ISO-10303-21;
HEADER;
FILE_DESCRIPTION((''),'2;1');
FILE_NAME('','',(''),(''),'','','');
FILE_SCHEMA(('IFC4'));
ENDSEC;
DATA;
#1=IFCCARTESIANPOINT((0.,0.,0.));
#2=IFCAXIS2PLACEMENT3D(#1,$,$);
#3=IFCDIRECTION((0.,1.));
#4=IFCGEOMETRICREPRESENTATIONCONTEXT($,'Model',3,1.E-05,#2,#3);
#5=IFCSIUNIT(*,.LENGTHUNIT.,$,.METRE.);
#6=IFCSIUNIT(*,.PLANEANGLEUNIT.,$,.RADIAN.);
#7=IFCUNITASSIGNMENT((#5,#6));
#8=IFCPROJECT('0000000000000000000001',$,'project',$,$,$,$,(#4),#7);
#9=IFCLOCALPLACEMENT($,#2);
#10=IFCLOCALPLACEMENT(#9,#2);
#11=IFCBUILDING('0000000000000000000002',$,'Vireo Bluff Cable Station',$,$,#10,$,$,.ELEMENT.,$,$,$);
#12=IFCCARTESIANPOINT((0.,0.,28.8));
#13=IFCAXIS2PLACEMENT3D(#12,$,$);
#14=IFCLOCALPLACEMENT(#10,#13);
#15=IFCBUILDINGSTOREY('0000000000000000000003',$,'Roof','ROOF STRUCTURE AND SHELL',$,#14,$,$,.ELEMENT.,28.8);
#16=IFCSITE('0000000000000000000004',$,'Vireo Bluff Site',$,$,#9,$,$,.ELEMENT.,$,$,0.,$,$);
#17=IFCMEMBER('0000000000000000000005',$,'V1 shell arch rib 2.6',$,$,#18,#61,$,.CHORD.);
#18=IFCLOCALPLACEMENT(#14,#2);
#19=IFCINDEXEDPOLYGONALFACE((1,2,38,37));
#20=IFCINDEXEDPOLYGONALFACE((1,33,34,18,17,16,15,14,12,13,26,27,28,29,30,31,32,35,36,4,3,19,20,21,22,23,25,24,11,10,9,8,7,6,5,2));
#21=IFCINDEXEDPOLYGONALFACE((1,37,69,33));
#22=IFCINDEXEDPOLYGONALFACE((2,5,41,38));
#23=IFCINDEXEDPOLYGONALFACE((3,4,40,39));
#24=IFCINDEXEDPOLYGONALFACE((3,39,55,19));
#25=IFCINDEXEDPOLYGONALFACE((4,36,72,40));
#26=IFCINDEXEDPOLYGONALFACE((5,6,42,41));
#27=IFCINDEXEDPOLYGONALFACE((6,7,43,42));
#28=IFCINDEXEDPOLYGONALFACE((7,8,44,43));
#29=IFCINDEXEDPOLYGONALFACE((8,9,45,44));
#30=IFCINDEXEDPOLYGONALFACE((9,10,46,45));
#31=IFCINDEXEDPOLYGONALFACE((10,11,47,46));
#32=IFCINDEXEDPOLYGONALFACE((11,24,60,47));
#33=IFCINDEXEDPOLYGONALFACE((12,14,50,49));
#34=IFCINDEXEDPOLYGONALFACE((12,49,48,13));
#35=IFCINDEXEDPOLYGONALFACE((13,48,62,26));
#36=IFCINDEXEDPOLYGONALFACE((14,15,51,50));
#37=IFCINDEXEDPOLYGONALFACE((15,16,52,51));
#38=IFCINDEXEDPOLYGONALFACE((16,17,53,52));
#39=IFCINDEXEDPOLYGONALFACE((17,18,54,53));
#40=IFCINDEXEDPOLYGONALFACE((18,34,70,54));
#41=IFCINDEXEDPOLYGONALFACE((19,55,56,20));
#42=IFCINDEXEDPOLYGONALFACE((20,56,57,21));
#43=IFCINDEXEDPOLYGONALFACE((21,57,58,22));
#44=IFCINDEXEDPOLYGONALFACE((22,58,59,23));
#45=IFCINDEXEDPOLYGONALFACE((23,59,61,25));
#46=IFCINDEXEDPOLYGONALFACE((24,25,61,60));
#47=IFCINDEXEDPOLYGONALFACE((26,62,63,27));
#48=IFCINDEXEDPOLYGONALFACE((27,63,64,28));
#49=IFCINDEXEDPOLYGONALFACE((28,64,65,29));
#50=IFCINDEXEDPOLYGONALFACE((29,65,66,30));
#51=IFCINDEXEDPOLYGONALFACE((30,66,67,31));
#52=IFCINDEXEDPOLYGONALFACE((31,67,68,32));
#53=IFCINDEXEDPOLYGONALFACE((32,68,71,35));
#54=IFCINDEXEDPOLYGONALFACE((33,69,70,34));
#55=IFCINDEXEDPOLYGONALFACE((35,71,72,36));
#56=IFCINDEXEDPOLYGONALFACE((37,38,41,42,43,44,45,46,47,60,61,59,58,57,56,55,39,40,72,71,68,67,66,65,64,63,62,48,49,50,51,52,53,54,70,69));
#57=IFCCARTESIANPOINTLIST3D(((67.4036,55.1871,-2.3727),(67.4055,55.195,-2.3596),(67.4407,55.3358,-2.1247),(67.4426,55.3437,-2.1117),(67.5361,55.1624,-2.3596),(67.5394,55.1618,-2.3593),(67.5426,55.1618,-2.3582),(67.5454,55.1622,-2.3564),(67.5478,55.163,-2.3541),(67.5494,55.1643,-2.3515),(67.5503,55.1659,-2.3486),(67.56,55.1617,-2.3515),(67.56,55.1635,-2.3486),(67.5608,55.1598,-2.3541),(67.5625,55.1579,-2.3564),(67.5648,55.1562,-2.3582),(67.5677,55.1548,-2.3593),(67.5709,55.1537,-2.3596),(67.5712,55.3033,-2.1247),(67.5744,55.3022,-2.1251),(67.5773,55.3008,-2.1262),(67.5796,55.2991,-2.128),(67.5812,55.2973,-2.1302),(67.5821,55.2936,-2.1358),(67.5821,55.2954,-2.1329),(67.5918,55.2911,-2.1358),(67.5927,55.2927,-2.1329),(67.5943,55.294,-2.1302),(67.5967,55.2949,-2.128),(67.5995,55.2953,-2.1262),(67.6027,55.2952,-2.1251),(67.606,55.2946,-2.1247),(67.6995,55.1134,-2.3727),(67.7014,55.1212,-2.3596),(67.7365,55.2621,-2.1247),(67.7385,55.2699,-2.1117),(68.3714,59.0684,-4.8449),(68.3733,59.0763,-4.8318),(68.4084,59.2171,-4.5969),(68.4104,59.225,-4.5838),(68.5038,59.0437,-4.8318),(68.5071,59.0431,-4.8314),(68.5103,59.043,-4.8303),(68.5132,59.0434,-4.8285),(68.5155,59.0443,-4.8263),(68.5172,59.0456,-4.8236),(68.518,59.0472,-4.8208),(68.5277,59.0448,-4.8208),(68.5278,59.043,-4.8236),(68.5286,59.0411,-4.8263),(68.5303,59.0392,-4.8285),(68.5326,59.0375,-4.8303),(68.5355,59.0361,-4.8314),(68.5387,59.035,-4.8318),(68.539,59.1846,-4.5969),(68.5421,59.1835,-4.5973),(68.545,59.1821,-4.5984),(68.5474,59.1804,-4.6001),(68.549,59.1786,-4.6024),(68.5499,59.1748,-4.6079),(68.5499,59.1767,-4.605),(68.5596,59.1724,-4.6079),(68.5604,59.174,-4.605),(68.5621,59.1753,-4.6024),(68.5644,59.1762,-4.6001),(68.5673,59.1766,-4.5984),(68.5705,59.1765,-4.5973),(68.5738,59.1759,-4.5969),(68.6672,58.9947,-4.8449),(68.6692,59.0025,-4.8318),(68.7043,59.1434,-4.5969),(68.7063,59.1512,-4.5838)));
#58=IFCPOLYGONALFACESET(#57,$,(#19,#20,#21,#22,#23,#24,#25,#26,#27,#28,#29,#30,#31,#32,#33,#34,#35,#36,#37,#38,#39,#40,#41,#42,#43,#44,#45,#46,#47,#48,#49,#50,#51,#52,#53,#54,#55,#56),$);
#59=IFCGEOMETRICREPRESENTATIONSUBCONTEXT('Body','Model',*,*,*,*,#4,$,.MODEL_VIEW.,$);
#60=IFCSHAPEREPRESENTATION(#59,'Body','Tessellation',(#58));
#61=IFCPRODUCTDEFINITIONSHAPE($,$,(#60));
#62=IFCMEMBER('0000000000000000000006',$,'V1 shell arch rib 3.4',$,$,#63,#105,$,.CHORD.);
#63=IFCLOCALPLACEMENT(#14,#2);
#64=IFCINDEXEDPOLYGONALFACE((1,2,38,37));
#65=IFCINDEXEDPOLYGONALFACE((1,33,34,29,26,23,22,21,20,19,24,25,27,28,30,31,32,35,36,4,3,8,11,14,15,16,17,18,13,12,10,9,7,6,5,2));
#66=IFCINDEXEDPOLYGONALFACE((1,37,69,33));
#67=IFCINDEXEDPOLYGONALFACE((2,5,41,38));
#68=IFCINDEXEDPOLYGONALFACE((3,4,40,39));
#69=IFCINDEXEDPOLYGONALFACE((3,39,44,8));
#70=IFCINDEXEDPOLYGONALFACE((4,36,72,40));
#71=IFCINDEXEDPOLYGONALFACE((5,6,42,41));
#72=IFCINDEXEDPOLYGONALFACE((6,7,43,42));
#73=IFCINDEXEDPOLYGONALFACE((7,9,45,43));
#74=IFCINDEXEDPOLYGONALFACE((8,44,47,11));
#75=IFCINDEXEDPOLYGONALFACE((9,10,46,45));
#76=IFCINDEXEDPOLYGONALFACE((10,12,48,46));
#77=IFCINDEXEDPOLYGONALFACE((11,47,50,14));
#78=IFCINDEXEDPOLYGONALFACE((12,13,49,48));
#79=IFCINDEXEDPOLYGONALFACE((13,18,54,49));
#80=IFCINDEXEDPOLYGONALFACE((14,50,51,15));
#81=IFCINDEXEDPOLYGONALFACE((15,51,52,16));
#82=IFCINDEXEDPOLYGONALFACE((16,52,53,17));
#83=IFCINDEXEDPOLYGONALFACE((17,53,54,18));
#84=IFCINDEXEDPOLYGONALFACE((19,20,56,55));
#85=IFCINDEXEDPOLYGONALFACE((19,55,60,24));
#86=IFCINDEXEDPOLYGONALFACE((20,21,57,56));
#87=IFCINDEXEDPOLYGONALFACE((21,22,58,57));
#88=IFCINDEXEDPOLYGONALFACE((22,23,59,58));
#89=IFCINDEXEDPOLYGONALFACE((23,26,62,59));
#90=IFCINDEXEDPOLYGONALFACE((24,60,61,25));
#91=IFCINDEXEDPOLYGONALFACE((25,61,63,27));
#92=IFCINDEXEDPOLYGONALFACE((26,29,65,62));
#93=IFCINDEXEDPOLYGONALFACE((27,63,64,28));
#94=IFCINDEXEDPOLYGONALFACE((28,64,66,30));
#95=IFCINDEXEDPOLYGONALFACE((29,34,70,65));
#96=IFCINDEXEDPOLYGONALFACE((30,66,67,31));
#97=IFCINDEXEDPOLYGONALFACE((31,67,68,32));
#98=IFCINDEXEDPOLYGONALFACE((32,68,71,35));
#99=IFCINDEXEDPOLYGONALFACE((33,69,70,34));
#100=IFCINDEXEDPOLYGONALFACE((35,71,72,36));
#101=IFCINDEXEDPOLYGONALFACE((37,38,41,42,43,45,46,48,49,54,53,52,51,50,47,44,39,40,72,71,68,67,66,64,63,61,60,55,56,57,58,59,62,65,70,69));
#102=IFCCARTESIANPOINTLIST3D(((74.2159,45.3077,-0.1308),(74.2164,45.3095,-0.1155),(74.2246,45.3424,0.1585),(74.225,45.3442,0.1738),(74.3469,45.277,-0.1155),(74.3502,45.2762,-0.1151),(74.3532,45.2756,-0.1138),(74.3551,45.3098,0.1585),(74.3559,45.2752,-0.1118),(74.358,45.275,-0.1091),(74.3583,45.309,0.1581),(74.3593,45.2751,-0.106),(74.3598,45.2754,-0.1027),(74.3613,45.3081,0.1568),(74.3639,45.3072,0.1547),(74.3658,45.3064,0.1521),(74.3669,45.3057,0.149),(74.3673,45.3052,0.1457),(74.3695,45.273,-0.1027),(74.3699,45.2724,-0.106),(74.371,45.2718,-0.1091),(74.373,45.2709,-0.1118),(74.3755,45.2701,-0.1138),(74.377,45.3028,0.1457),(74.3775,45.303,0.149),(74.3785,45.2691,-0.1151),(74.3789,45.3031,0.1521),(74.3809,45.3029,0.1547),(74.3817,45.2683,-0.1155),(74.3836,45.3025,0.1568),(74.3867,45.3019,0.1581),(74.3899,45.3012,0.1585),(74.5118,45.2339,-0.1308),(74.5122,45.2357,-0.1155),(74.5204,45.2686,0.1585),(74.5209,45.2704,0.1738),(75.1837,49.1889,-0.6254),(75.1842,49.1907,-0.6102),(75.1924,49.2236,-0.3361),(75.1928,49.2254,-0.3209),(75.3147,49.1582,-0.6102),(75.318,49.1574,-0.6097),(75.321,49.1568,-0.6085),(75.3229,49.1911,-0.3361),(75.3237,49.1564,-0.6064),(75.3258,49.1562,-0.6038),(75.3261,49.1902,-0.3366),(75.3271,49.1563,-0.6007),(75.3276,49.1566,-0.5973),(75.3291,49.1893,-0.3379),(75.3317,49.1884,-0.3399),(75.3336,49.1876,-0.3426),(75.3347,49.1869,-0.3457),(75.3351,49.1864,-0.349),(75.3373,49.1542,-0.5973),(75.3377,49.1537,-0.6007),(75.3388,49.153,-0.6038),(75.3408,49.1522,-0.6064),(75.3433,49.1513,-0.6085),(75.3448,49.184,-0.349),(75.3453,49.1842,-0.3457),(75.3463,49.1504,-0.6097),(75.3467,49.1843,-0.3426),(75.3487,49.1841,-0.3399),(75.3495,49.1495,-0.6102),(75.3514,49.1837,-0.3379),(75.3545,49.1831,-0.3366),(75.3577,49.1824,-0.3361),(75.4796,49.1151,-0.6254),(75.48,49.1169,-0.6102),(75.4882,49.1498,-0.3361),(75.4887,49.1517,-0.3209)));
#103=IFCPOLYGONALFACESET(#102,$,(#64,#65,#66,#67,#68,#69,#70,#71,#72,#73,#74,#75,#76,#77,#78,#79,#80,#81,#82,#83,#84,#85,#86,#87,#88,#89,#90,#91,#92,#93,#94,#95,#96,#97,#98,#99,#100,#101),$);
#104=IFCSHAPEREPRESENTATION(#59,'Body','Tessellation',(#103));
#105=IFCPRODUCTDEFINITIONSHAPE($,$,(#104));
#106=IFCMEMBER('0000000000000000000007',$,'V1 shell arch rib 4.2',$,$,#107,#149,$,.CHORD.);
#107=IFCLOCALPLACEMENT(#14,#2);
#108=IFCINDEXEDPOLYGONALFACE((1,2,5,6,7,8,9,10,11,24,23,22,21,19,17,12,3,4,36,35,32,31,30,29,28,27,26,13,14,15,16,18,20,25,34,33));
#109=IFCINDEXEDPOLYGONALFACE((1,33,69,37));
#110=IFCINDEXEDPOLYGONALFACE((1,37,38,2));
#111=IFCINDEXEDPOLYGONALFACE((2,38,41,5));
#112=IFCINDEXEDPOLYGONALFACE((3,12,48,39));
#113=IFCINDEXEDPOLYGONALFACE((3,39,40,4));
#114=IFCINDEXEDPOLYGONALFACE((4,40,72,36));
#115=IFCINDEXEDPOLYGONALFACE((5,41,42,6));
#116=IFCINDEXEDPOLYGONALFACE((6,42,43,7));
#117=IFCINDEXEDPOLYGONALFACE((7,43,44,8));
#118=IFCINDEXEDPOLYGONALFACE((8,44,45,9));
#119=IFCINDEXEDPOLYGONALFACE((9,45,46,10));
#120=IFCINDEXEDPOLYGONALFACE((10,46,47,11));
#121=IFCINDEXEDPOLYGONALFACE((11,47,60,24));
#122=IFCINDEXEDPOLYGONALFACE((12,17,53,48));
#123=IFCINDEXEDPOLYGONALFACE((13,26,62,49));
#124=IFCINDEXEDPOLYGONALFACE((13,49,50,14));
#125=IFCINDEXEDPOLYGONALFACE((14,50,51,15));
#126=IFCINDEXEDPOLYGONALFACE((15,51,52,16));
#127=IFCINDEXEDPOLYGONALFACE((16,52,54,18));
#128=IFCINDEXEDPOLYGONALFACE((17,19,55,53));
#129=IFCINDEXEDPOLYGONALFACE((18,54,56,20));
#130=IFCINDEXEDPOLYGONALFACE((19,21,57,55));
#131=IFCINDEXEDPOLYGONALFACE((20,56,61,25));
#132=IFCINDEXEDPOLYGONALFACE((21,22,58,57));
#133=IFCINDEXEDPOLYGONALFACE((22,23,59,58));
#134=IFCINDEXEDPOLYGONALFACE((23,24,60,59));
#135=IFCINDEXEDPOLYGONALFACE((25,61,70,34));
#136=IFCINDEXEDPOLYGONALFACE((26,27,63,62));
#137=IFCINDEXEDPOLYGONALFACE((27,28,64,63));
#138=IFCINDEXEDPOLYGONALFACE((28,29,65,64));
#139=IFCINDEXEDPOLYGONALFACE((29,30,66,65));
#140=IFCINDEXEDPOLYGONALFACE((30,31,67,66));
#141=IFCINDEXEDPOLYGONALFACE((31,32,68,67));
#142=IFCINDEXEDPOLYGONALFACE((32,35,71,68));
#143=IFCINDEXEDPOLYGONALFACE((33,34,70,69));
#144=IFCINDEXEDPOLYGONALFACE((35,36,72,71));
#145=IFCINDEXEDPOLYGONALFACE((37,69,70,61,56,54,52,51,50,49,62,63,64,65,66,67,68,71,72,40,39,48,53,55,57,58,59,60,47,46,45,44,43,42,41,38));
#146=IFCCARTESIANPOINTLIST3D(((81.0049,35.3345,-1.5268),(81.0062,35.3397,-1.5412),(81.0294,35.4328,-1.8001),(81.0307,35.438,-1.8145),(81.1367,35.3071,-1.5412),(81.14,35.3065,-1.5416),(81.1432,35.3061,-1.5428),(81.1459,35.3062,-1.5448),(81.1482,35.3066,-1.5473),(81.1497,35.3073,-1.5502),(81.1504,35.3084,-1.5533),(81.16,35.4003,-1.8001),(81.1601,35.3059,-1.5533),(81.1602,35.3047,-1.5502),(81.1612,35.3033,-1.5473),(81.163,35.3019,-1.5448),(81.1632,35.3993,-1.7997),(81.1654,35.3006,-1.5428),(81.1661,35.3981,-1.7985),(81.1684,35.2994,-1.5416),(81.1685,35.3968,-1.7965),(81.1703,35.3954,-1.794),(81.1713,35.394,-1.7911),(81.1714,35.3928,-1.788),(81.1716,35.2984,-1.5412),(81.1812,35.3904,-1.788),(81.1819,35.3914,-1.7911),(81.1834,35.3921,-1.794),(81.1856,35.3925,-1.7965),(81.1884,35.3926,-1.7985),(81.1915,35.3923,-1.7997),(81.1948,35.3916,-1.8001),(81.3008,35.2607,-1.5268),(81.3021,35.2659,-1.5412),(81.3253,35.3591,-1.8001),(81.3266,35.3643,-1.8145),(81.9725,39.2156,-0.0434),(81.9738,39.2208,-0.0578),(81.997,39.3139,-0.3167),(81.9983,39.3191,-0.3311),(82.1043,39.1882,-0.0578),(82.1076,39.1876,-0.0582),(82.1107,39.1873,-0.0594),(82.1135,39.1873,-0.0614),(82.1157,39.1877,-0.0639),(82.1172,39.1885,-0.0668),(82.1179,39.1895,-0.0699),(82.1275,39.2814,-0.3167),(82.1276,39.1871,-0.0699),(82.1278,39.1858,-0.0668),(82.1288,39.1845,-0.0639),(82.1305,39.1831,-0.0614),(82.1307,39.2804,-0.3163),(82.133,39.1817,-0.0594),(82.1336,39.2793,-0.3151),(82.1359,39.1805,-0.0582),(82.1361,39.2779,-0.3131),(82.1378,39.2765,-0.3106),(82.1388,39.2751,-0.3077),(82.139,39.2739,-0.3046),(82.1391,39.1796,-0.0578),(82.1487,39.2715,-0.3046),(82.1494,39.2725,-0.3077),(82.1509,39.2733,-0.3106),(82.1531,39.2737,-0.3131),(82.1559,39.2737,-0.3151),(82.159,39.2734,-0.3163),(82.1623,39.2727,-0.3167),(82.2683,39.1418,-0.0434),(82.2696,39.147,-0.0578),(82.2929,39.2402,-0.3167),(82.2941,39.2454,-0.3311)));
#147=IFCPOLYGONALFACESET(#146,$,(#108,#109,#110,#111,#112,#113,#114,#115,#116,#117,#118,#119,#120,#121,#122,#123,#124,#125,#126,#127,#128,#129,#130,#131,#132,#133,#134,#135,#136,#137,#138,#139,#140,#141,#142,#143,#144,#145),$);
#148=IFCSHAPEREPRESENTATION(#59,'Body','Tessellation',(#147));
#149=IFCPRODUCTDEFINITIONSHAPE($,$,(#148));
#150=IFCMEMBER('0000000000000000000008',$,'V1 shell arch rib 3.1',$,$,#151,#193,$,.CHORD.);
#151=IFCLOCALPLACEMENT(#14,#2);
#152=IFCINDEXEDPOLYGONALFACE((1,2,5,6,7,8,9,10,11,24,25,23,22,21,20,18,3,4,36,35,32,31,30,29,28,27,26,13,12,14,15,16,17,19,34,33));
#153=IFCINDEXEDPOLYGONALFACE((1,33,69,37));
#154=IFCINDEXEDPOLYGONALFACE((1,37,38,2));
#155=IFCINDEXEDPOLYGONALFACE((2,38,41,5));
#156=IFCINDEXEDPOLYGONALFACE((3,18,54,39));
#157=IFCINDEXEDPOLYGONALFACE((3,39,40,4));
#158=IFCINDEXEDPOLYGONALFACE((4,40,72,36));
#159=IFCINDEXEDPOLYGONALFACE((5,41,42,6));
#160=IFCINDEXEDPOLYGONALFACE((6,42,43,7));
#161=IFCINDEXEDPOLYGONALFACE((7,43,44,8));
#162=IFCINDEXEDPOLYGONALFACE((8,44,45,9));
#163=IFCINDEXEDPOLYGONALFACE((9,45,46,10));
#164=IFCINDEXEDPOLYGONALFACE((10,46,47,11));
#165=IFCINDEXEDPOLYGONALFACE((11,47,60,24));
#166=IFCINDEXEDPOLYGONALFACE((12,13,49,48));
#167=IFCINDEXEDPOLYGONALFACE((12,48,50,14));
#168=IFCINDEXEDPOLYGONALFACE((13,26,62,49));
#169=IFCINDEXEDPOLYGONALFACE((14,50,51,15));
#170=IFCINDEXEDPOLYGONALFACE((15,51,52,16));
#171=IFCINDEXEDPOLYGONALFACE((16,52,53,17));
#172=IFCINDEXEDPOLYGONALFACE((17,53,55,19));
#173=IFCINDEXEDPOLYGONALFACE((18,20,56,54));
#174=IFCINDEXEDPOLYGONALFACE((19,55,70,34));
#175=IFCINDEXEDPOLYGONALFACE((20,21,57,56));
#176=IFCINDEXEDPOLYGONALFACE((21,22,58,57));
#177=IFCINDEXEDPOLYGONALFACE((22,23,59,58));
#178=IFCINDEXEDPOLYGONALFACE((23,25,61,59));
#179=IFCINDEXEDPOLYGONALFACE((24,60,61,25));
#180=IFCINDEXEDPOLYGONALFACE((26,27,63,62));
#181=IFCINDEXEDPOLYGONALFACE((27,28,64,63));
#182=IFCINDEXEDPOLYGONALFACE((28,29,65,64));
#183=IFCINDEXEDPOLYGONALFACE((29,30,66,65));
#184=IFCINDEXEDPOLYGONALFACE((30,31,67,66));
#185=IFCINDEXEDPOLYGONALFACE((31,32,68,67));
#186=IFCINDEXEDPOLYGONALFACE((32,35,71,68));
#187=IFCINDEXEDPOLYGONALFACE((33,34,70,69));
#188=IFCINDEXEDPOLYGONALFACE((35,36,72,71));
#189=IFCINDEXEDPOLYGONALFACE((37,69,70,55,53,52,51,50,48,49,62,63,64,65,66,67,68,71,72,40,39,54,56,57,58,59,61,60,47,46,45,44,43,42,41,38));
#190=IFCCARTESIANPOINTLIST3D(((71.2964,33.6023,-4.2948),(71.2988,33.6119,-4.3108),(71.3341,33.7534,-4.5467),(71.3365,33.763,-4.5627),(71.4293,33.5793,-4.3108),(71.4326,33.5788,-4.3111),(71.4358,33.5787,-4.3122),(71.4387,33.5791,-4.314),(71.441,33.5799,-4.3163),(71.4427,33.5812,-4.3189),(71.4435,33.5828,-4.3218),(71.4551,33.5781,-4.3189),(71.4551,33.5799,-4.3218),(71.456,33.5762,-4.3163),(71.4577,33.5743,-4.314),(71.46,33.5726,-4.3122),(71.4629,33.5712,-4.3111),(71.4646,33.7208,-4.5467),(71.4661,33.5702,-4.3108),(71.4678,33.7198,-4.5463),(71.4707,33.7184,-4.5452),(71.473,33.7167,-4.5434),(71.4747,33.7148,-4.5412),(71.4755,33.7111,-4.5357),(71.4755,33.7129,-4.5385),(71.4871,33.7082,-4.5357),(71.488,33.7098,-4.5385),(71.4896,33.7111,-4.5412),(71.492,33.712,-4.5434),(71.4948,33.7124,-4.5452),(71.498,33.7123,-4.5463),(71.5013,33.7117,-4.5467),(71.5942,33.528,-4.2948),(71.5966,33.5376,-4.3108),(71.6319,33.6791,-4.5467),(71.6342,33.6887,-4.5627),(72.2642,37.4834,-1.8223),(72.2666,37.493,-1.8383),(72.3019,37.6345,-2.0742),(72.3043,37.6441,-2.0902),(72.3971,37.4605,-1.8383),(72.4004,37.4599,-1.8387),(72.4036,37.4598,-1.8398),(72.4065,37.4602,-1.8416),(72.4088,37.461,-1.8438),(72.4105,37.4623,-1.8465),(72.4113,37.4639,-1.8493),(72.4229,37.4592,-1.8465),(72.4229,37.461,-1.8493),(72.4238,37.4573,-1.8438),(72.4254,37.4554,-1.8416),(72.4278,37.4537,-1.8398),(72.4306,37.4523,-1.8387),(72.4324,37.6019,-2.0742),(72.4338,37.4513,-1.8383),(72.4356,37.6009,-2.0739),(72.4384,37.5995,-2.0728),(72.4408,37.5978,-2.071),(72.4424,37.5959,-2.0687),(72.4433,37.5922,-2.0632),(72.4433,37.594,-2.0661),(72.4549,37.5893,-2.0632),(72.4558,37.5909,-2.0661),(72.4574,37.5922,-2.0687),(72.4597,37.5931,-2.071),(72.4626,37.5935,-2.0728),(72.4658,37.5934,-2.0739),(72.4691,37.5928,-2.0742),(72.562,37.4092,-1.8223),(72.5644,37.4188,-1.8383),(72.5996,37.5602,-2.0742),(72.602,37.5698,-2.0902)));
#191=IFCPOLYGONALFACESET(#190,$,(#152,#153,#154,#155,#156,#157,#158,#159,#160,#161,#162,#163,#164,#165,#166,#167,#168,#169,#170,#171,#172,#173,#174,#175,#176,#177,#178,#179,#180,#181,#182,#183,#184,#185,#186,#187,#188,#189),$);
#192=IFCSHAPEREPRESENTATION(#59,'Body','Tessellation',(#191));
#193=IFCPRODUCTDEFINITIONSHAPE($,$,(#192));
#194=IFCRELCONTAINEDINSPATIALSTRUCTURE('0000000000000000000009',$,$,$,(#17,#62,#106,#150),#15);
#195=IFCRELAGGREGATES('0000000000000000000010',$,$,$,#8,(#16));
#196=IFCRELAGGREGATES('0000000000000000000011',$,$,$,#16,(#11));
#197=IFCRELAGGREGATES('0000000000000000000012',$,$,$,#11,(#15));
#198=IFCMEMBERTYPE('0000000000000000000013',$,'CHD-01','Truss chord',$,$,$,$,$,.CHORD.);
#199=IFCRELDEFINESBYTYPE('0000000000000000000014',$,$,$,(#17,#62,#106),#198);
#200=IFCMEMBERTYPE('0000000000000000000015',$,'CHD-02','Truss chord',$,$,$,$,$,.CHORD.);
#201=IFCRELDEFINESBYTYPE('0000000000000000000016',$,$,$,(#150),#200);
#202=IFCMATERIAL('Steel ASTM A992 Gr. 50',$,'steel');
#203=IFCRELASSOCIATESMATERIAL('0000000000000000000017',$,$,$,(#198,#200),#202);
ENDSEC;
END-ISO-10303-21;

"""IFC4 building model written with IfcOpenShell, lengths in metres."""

from ifc_helpers import new_model, si_unit, direction, frame, origin, origin_2d, place, context, subcontext, project, spatial, i_section, extrude, material, material_profile, profile_set, type_object, element, save


model = new_model("IFC4")

# Units and contexts
model_context = context("Model", 3, precision=1e-05, world=origin(), true_north=direction((0.0, 1.0)))
body_context = subcontext(model_context, "Body", "Model", "MODEL_VIEW")
ifc_project = project(units=[si_unit("LENGTHUNIT", "METRE"), si_unit("PLANEANGLEUNIT", "RADIAN")], contexts=[model_context])

# Site, building, storey
site_placement = place(None, origin())
site = spatial("IfcSite", under=ifc_project, at=site_placement, Name="Vireo Bluff Site", CompositionType="ELEMENT", RefElevation=0.0)
building_placement = place(site_placement, origin())
building = spatial("IfcBuilding", under=site, at=building_placement, Name="Vireo Bluff Cable Station", CompositionType="ELEMENT")
storey_placement = place(building_placement, frame((0.0, 0.0, 28.8)))
storey = spatial("IfcBuildingStorey", under=building, at=storey_placement, Name="Roof", Description="ROOF STRUCTURE AND SHELL", CompositionType="ELEMENT", Elevation=28.8)

# Members
ifc_material_1 = material(Name="Steel ASTM A992 Gr. 50", Category="steel")
ifc_material_profile_1 = material_profile(ifc_material_1, i_section(OverallWidth=0.3049, OverallDepth=0.3069, WebThickness=0.01, FlangeThickness=0.0154, FilletRadius=0.0129, at=origin_2d()), Name="W12X65")
ifc_profile_set_1 = profile_set([ifc_material_profile_1], Name="Steel ASTM A992 Gr. 50")
member_type_1 = type_object("IfcMemberType", Name="CHD-01", Description="Truss chord", PredefinedType="CHORD", material=ifc_profile_set_1)
member_1_placement = place(storey_placement, frame((67.571, 55.2285, -2.2422), z_axis=(0.205802, 0.825388, -0.525719), x_axis=(-0.970293, 0.241932, 0.0)))
element("IfcMember", 1, at=member_1_placement, inside=storey, type_object=member_type_1, Name="V1 shell arch rib 2.6", PredefinedType="CHORD", context=body_context, shape_type="SweptSolid", body=[
    extrude(i_section(OverallWidth=0.3049, OverallDepth=0.3069, WebThickness=0.01, FlangeThickness=0.0154, FilletRadius=0.0129, at=origin_2d()), origin(), (0.0, 0.0, 1.0), 4.7024),
])
member_2_placement = place(storey_placement, frame((74.3684, 45.2891, 0.0215), z_axis=(0.240118, 0.962955, -0.122724), x_axis=(-0.97029, 0.241947, 0.0)))
element("IfcMember", 2, at=member_2_placement, inside=storey, type_object=member_type_1, Name="V1 shell arch rib 3.4", PredefinedType="CHORD", context=body_context, shape_type="SweptSolid", body=[
    extrude(i_section(OverallWidth=0.3049, OverallDepth=0.3069, WebThickness=0.01, FlangeThickness=0.0154, FilletRadius=0.0129, at=origin_2d()), origin(), (0.0, 0.0, 1.0), 4.0305),
])
member_3_placement = place(storey_placement, frame((81.1658, 35.3494, -1.6707), z_axis=(0.226795, 0.909756, 0.347718), x_axis=(-0.970304, 0.241889, 0.0)))
element("IfcMember", 3, at=member_3_placement, inside=storey, type_object=member_type_1, Name="V1 shell arch rib 4.2", PredefinedType="CHORD", context=body_context, shape_type="SweptSolid", body=[
    extrude(i_section(OverallWidth=0.3049, OverallDepth=0.3069, WebThickness=0.01, FlangeThickness=0.0154, FilletRadius=0.0129, at=origin_2d()), origin(), (0.0, 0.0, 1.0), 4.2661),
])
ifc_material_profile_2 = material_profile(ifc_material_1, i_section(OverallWidth=0.3069, OverallDepth=0.3149, WebThickness=0.012, FlangeThickness=0.0188, FilletRadius=0.0129, at=origin_2d()), Name="W12X79")
ifc_profile_set_2 = profile_set([ifc_material_profile_2], Name="Steel ASTM A992 Gr. 50")
member_type_2 = type_object("IfcMemberType", Name="CHD-02", Description="Truss chord", PredefinedType="CHORD", material=ifc_profile_set_2)
member_4_placement = place(storey_placement, frame((71.4653, 33.6455, -4.4287), z_axis=(0.205805, 0.825349, 0.525779), x_axis=(-0.97029, 0.241947, 0.0)))
element("IfcMember", 4, at=member_4_placement, inside=storey, type_object=member_type_2, Name="V1 shell arch rib 3.1", PredefinedType="CHORD", context=body_context, shape_type="SweptSolid", body=[
    extrude(i_section(OverallWidth=0.3069, OverallDepth=0.3149, WebThickness=0.012, FlangeThickness=0.0188, FilletRadius=0.0129, at=origin_2d()), origin(), (0.0, 0.0, 1.0), 4.7024),
])

save(model, "model.ifc")
